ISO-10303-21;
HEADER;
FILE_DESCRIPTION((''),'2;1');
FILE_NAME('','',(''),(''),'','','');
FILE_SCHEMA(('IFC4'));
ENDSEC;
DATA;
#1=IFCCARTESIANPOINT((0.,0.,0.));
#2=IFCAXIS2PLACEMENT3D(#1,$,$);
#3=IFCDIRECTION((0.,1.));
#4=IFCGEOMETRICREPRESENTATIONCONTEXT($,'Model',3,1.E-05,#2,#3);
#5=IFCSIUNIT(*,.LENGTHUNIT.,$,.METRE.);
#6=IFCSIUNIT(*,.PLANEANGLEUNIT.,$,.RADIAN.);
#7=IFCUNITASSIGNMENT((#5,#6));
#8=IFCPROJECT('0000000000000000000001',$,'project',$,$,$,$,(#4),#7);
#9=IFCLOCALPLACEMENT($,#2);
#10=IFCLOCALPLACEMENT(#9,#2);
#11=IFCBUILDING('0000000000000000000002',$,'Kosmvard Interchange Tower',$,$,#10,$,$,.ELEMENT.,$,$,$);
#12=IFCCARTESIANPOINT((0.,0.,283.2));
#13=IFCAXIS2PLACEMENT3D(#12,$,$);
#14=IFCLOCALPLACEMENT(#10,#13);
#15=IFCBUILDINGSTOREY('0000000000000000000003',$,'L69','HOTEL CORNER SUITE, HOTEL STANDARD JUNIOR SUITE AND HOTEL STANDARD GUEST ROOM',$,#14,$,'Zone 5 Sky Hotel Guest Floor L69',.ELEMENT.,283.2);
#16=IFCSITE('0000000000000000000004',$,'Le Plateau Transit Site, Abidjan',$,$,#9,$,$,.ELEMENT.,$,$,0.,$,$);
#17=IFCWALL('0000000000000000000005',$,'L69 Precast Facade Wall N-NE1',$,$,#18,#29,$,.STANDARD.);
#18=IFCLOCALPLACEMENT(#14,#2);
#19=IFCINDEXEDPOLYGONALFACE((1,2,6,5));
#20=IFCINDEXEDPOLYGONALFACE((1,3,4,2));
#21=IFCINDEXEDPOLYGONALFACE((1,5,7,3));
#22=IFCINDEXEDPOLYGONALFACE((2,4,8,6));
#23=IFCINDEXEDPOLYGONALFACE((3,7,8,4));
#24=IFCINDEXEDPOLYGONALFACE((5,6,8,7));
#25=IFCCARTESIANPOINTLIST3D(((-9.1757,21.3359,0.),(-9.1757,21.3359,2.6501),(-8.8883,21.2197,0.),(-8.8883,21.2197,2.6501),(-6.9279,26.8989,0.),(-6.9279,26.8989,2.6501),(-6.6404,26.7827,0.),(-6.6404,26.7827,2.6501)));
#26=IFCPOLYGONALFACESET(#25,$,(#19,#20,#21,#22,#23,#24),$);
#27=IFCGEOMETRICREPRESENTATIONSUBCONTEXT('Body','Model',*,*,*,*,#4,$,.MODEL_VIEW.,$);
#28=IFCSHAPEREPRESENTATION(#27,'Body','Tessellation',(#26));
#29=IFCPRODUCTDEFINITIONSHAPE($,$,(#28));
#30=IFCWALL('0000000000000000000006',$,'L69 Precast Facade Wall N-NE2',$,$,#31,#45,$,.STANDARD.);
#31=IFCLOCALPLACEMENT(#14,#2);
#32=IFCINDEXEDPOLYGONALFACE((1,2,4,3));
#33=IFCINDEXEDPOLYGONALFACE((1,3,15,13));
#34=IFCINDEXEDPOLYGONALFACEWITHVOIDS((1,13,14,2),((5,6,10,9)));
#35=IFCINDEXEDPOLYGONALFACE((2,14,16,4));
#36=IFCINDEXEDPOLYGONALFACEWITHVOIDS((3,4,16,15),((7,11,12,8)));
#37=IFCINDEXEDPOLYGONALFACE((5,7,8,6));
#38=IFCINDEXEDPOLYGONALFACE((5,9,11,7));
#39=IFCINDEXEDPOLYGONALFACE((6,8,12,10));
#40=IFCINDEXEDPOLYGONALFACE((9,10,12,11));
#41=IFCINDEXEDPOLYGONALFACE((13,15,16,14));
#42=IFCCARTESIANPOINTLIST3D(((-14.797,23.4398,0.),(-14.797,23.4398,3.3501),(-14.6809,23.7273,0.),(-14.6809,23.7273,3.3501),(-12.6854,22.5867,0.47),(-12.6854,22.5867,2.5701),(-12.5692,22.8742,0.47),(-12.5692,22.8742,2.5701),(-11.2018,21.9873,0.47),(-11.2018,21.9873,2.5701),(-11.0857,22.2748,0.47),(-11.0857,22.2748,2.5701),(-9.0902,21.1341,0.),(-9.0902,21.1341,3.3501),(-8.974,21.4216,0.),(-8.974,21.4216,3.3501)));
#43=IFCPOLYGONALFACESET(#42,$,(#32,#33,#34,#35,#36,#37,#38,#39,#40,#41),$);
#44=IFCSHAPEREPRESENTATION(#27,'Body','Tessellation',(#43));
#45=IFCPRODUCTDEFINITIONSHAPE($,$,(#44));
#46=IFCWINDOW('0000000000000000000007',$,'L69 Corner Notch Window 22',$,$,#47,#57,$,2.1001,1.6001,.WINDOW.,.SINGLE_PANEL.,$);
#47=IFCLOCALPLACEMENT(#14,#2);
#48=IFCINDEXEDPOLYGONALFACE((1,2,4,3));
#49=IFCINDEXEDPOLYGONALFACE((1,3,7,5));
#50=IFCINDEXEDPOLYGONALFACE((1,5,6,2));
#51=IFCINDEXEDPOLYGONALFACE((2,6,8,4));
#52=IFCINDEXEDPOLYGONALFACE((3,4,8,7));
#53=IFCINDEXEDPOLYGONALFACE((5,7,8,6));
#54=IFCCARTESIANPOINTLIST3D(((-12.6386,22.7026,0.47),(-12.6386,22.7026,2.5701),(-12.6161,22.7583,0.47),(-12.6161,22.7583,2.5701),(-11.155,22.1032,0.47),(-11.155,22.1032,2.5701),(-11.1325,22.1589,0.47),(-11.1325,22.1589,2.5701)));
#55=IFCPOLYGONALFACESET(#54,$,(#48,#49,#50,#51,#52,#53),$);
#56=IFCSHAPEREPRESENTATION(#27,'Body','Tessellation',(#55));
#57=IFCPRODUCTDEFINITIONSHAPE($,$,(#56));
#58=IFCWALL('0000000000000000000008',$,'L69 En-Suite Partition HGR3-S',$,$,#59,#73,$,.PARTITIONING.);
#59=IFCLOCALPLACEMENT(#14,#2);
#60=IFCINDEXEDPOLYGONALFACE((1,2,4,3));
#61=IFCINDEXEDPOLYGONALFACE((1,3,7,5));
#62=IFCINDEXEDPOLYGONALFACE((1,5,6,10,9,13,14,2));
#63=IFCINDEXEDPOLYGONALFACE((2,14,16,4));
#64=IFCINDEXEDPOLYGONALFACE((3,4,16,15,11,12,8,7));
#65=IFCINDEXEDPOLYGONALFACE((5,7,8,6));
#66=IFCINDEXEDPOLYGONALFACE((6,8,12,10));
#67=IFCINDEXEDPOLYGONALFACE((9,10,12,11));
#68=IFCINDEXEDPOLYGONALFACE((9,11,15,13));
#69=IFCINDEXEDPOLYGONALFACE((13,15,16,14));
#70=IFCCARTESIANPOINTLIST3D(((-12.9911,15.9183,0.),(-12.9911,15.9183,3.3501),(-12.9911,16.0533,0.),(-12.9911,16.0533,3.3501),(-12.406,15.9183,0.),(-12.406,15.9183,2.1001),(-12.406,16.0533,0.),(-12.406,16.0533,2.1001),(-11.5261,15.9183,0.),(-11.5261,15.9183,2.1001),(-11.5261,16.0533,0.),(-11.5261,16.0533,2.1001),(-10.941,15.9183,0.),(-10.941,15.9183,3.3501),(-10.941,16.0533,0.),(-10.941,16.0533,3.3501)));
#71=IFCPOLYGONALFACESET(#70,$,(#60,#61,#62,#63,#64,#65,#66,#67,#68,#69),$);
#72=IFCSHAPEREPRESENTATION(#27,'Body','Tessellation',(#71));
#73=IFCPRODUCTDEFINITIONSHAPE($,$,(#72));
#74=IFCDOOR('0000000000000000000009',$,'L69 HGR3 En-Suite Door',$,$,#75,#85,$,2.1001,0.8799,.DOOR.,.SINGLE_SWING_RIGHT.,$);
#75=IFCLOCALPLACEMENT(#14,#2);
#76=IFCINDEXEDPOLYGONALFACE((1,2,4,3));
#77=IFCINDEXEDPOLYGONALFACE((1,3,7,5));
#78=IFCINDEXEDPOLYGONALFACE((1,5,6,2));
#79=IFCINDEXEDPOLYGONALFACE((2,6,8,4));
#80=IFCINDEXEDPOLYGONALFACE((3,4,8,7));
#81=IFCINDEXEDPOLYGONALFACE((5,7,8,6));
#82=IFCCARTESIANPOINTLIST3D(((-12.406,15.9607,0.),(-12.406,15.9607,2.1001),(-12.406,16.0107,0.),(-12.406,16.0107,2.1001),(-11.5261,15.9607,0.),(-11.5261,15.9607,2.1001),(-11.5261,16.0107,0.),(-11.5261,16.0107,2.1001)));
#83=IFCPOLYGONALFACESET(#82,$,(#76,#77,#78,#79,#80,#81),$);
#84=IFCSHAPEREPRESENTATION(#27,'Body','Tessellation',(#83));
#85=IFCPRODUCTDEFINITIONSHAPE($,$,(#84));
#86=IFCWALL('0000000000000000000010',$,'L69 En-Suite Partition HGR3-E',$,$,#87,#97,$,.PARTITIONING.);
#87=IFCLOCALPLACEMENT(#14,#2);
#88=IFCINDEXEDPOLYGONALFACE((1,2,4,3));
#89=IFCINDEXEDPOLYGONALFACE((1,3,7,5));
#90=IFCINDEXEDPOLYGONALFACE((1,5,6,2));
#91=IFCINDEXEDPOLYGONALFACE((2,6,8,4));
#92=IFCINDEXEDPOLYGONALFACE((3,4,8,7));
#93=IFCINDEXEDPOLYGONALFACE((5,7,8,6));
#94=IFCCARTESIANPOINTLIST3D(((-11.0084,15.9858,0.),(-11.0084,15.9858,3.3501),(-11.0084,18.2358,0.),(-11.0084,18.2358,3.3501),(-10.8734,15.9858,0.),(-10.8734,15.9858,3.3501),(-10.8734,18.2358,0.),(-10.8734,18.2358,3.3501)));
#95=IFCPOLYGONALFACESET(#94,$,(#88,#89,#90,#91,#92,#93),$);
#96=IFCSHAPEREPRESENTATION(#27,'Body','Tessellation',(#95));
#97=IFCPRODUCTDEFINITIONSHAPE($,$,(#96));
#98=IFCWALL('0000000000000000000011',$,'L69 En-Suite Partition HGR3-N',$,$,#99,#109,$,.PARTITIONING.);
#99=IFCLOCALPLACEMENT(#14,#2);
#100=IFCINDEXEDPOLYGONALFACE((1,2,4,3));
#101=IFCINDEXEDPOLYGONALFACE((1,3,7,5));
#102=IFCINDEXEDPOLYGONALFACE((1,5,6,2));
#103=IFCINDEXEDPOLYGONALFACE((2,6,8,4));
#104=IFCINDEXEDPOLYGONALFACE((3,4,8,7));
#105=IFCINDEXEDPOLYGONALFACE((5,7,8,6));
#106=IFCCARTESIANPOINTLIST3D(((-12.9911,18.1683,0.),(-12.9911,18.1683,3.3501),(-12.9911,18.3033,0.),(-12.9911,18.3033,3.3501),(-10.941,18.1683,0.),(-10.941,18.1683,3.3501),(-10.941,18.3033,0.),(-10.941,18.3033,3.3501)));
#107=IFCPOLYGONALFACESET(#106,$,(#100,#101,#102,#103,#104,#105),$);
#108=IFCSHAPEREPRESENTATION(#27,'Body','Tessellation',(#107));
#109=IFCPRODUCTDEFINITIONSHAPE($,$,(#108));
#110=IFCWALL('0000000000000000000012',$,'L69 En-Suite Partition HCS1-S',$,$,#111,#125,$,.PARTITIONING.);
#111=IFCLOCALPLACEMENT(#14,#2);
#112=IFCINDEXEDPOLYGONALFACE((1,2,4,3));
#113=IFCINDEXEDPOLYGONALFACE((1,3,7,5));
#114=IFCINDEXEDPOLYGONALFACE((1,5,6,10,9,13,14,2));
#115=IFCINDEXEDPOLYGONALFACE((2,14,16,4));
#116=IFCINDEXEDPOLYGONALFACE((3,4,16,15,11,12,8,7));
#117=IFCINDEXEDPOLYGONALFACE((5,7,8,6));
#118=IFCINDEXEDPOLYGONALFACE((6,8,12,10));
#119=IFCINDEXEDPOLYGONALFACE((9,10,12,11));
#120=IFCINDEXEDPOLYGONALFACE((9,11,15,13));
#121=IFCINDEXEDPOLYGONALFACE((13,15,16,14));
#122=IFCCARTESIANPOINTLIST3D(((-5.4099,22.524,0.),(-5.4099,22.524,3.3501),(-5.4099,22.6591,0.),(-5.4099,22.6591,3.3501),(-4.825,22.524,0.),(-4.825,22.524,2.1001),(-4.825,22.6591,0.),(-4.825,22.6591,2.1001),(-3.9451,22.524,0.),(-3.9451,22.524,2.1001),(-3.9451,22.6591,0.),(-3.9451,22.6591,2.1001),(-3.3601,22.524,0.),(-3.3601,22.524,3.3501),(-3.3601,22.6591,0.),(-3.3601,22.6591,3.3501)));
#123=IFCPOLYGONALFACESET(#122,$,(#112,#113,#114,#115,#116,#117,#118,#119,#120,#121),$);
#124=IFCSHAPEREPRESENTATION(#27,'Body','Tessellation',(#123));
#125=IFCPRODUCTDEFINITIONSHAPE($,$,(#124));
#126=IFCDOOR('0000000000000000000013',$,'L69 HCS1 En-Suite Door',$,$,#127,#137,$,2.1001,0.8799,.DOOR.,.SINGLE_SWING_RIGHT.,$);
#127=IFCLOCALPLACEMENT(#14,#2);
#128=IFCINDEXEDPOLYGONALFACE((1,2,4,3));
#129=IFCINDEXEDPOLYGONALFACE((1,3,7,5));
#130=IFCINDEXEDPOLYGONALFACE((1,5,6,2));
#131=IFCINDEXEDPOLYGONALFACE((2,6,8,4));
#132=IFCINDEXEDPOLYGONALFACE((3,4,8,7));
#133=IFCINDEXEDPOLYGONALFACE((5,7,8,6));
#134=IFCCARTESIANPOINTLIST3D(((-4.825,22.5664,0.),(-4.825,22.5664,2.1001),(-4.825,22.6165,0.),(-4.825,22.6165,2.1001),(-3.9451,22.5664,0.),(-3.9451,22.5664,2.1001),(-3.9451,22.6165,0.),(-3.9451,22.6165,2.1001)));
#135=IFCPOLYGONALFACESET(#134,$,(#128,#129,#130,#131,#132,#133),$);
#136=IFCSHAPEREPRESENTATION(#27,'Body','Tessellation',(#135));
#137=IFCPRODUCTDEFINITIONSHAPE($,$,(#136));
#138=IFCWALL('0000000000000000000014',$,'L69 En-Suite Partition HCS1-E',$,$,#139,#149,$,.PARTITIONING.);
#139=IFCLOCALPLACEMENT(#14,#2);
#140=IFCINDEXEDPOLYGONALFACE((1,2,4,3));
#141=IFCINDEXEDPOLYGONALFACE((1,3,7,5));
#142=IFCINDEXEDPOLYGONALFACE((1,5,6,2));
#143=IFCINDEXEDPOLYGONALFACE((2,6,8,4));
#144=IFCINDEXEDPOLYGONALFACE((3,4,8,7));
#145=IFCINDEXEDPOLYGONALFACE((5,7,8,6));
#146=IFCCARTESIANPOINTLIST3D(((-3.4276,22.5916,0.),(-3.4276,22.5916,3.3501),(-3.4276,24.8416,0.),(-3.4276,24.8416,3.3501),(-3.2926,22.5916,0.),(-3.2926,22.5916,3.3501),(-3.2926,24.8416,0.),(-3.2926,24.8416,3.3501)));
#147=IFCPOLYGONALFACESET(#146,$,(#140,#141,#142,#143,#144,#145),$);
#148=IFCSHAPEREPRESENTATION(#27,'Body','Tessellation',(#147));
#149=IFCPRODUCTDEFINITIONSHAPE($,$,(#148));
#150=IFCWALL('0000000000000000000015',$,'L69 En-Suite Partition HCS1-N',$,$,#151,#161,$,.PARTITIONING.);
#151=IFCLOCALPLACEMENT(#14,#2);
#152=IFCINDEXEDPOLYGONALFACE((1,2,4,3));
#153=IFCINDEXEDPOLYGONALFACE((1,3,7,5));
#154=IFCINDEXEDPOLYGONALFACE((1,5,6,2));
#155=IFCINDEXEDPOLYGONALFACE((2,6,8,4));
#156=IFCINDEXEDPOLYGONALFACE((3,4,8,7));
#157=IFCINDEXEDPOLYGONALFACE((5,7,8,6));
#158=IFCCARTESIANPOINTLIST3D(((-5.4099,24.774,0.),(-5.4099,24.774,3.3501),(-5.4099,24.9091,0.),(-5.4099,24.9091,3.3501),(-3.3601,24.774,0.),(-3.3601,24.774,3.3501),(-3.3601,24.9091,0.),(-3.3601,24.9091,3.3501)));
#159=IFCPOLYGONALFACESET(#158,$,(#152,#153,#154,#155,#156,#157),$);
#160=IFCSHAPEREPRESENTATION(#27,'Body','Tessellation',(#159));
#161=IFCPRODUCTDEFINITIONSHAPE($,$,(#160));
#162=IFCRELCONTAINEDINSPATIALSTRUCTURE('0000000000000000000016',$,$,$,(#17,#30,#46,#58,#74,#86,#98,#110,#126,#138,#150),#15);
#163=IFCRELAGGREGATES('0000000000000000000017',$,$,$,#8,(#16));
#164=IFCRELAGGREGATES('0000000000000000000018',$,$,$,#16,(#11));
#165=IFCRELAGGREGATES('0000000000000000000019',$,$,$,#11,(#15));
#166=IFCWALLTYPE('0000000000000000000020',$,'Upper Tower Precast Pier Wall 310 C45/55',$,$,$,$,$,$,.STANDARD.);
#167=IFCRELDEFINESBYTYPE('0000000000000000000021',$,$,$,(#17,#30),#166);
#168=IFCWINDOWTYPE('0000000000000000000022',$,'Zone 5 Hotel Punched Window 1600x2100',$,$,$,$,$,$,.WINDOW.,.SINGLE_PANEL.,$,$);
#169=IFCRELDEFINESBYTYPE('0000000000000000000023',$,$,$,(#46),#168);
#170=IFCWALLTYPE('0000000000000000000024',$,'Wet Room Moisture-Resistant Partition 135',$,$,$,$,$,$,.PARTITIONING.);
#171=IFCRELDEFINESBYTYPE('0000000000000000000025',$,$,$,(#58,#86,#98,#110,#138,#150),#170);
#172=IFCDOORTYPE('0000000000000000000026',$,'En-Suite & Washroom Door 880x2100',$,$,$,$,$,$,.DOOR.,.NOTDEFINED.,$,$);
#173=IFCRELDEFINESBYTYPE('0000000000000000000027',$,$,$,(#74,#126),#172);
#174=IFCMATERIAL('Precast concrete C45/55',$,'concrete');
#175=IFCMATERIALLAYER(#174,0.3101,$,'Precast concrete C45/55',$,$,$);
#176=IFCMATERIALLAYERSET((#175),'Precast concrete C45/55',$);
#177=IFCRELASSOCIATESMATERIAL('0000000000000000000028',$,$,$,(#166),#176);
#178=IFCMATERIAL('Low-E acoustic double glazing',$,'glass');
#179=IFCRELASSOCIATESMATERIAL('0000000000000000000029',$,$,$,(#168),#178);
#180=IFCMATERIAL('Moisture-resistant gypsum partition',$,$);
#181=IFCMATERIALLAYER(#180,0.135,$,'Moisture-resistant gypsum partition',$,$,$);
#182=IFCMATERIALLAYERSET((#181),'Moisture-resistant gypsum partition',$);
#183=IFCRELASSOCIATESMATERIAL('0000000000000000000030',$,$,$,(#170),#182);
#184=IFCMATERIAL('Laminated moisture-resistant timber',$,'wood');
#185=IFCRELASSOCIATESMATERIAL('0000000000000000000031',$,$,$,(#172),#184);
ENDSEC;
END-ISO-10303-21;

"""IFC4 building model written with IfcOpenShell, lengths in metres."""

from ifc_helpers import new_model, si_unit, direction, frame, frame_2d, origin, place, context, subcontext, project, spatial, rectangle, extrude, source, transform, mapped, material, layer, layer_set, type_object, element, fill, save


model = new_model("IFC4")

# Units and contexts
model_context = context("Model", 3, precision=1e-05, world=origin(), true_north=direction((0.0, 1.0)))
body_context = subcontext(model_context, "Body", "Model", "MODEL_VIEW")
ifc_project = project(units=[si_unit("LENGTHUNIT", "METRE"), si_unit("PLANEANGLEUNIT", "RADIAN")], contexts=[model_context])

# Site, building, storey
site_placement = place(None, origin())
site = spatial("IfcSite", under=ifc_project, at=site_placement, Name="Le Plateau Transit Site, Abidjan", CompositionType="ELEMENT", RefElevation=0.0)
building_placement = place(site_placement, origin())
building = spatial("IfcBuilding", under=site, at=building_placement, Name="Kosmvard Interchange Tower", CompositionType="ELEMENT")
storey_placement = place(building_placement, frame((0.0, 0.0, 283.2)))
storey = spatial("IfcBuildingStorey", under=building, at=storey_placement, Name="L69", Description="HOTEL CORNER SUITE, HOTEL STANDARD JUNIOR SUITE AND HOTEL STANDARD GUEST ROOM", LongName="Zone 5 Sky Hotel Guest Floor L69", CompositionType="ELEMENT", Elevation=283.2)

# Shared definitions
ifc_material_1 = material(Name="Precast concrete C45/55", Category="concrete")

# Wall
ifc_layer_1 = layer(ifc_material_1, 0.3101, Name="Precast concrete C45/55")
ifc_layer_set_1 = layer_set([ifc_layer_1], Name="Precast concrete C45/55")
wall_type_1 = type_object("IfcWallType", Name="Upper Tower Precast Pier Wall 310 C45/55", PredefinedType="STANDARD", material=ifc_layer_set_1)
wall_1_placement = place(storey_placement, frame((-6.7842, 26.8408, 0.0), z_axis=(0.0, 0.0, 1.0), x_axis=(-0.374637, -0.927172, 0.0)))
element("IfcWall", 1, at=wall_1_placement, inside=storey, type_object=wall_type_1, Name="L69 Precast Facade Wall N-NE1", PredefinedType="STANDARD", context=body_context, shape_type="SweptSolid", body=[
    extrude(rectangle(XDim=6.0, YDim=0.3101, at=frame_2d((3.0, 0.0))), origin(), (0.0, 0.0, 1.0), 2.6501),
])

# Wall, opening, window
wall_2_placement = place(storey_placement, frame((-9.032, 21.2778, 0.0), z_axis=(0.0, 0.0, 1.0), x_axis=(-0.927185, 0.374603, 0.0)))
wall_2 = element("IfcWall", 2, at=wall_2_placement, inside=storey, type_object=wall_type_1, Name="L69 Precast Facade Wall N-NE2", PredefinedType="STANDARD", context=body_context, shape_type="SweptSolid", body=[
    extrude(rectangle(XDim=6.155, YDim=0.3101, at=frame_2d((3.0776, 0.0))), origin(), (0.0, 0.0, 1.0), 3.3501),
])
opening_1_placement = place(wall_2_placement, frame((2.2776, 0.0, 0.47)))
opening_1 = element("IfcOpeningElement", 3, at=opening_1_placement, cuts=wall_2, PredefinedType="OPENING", context=body_context, shape_type="SweptSolid", body=[
    extrude(rectangle(XDim=1.6001, YDim=2.1001, at=frame_2d((0.8, 1.05))), frame((0.0, 0.165, 0.0), z_axis=(0.0, -1.0, 0.0), x_axis=(1.0, 0.0, 0.0)), (0.0, 0.0, 1.0), 0.3301),
])
ifc_material_2 = material(Name="Low-E acoustic double glazing", Category="glass")
window_type = type_object("IfcWindowType", Name="Zone 5 Hotel Punched Window 1600x2100", PartitioningType="SINGLE_PANEL", PredefinedType="WINDOW", material=ifc_material_2)
shared_shape_1 = source(origin(), body_context, "Body", "SweptSolid", [
    extrude(rectangle(XDim=1.6001, YDim=2.1001, at=frame_2d((0.8, 1.05))), frame((0.0, 0.03, 0.0), z_axis=(0.0, -1.0, 0.0), x_axis=(1.0, 0.0, 0.0)), (0.0, 0.0, 1.0), 0.0601),
])
window_placement = place(opening_1_placement, origin())
window = element("IfcWindow", 4, at=window_placement, inside=storey, type_object=window_type, Name="L69 Corner Notch Window 22", OverallHeight=2.1001, OverallWidth=1.6001, PartitioningType="SINGLE_PANEL", PredefinedType="WINDOW", context=body_context, shape_type="MappedRepresentation", body=[
    mapped(shared_shape_1, transform((0.0, 0.0, 0.0), scale=1.0)),
])
fill(opening_1, window)

# Wall, opening, door
ifc_material_3 = material(Name="Moisture-resistant gypsum partition")
ifc_layer_2 = layer(ifc_material_3, 0.135, Name="Moisture-resistant gypsum partition")
ifc_layer_set_2 = layer_set([ifc_layer_2], Name="Moisture-resistant gypsum partition")
wall_type_2 = type_object("IfcWallType", Name="Wet Room Moisture-Resistant Partition 135", PredefinedType="PARTITIONING", material=ifc_layer_set_2)
wall_3_placement = place(storey_placement, frame((-12.991, 15.9858, 0.0), z_axis=(0.0, 0.0, 1.0), x_axis=(1.0, 0.0, 0.0)))
wall_3 = element("IfcWall", 5, at=wall_3_placement, inside=storey, type_object=wall_type_2, Name="L69 En-Suite Partition HGR3-S", PredefinedType="PARTITIONING", context=body_context, shape_type="SweptSolid", body=[
    extrude(rectangle(XDim=2.05, YDim=0.135, at=frame_2d((1.0249, 0.0))), origin(), (0.0, 0.0, 1.0), 3.3501),
])
opening_2_placement = place(wall_3_placement, frame((0.585, 0.0, 0.0)))
opening_2 = element("IfcOpeningElement", 6, at=opening_2_placement, cuts=wall_3, PredefinedType="OPENING", context=body_context, shape_type="SweptSolid", body=[
    extrude(rectangle(XDim=0.8799, YDim=2.1001, at=frame_2d((0.4399, 1.05))), frame((0.0, 0.0776, 0.0), z_axis=(0.0, -1.0, 0.0), x_axis=(1.0, 0.0, 0.0)), (0.0, 0.0, 1.0), 0.155),
])
ifc_material_4 = material(Name="Laminated moisture-resistant timber", Category="wood")
door_type = type_object("IfcDoorType", Name="En-Suite & Washroom Door 880x2100", OperationType="NOTDEFINED", PredefinedType="DOOR", material=ifc_material_4)
shared_shape_2 = source(origin(), body_context, "Body", "SweptSolid", [
    extrude(rectangle(XDim=0.8799, YDim=2.1001, at=frame_2d((0.4399, 1.05))), frame((0.0, 0.0249, 0.0), z_axis=(0.0, -1.0, 0.0), x_axis=(1.0, 0.0, 0.0)), (0.0, 0.0, 1.0), 0.05),
])
door_1_placement = place(opening_2_placement, origin())
door_1 = element("IfcDoor", 7, at=door_1_placement, inside=storey, type_object=door_type, Name="L69 HGR3 En-Suite Door", OperationType="SINGLE_SWING_RIGHT", OverallHeight=2.1001, OverallWidth=0.8799, PredefinedType="DOOR", context=body_context, shape_type="MappedRepresentation", body=[
    mapped(shared_shape_2, transform((0.0, 0.0, 0.0), scale=1.0)),
])
fill(opening_2, door_1)

# Walls
wall_4_placement = place(storey_placement, frame((-10.9409, 15.9858, 0.0), z_axis=(0.0, 0.0, 1.0), x_axis=(0.0, 1.0, 0.0)))
element("IfcWall", 8, at=wall_4_placement, inside=storey, type_object=wall_type_2, Name="L69 En-Suite Partition HGR3-E", PredefinedType="PARTITIONING", context=body_context, shape_type="SweptSolid", body=[
    extrude(rectangle(XDim=2.25, YDim=0.135, at=frame_2d((1.125, 0.0))), origin(), (0.0, 0.0, 1.0), 3.3501),
])
wall_5_placement = place(storey_placement, frame((-12.991, 18.2358, 0.0), z_axis=(0.0, 0.0, 1.0), x_axis=(1.0, 0.0, 0.0)))
element("IfcWall", 9, at=wall_5_placement, inside=storey, type_object=wall_type_2, Name="L69 En-Suite Partition HGR3-N", PredefinedType="PARTITIONING", context=body_context, shape_type="SweptSolid", body=[
    extrude(rectangle(XDim=2.05, YDim=0.135, at=frame_2d((1.0249, 0.0))), origin(), (0.0, 0.0, 1.0), 3.3501),
])

# Wall, opening, door
wall_6_placement = place(storey_placement, frame((-5.4099, 22.5916, 0.0), z_axis=(0.0, 0.0, 1.0), x_axis=(1.0, 0.0, 0.0)))
wall_6 = element("IfcWall", 10, at=wall_6_placement, inside=storey, type_object=wall_type_2, Name="L69 En-Suite Partition HCS1-S", PredefinedType="PARTITIONING", context=body_context, shape_type="SweptSolid", body=[
    extrude(rectangle(XDim=2.0498, YDim=0.135, at=frame_2d((1.0249, 0.0))), origin(), (0.0, 0.0, 1.0), 3.3501),
])
opening_3_placement = place(wall_6_placement, frame((0.585, 0.0, 0.0)))
opening_3 = element("IfcOpeningElement", 11, at=opening_3_placement, cuts=wall_6, PredefinedType="OPENING", context=body_context, shape_type="SweptSolid", body=[
    extrude(rectangle(XDim=0.8799, YDim=2.1001, at=frame_2d((0.4399, 1.05))), frame((0.0, 0.0776, 0.0), z_axis=(0.0, -1.0, 0.0), x_axis=(1.0, 0.0, 0.0)), (0.0, 0.0, 1.0), 0.155),
])
door_2_placement = place(opening_3_placement, origin())
door_2 = element("IfcDoor", 12, at=door_2_placement, inside=storey, type_object=door_type, Name="L69 HCS1 En-Suite Door", OperationType="SINGLE_SWING_RIGHT", OverallHeight=2.1001, OverallWidth=0.8799, PredefinedType="DOOR", context=body_context, shape_type="MappedRepresentation", body=[
    mapped(shared_shape_2, transform((0.0, 0.0, 0.0), scale=1.0)),
])
fill(opening_3, door_2)

# Walls
wall_7_placement = place(storey_placement, frame((-3.3601, 22.5916, 0.0), z_axis=(0.0, 0.0, 1.0), x_axis=(0.0, 1.0, 0.0)))
element("IfcWall", 13, at=wall_7_placement, inside=storey, type_object=wall_type_2, Name="L69 En-Suite Partition HCS1-E", PredefinedType="PARTITIONING", context=body_context, shape_type="SweptSolid", body=[
    extrude(rectangle(XDim=2.25, YDim=0.135, at=frame_2d((1.125, 0.0))), origin(), (0.0, 0.0, 1.0), 3.3501),
])
wall_8_placement = place(storey_placement, frame((-5.4099, 24.8416, 0.0), z_axis=(0.0, 0.0, 1.0), x_axis=(1.0, 0.0, 0.0)))
element("IfcWall", 14, at=wall_8_placement, inside=storey, type_object=wall_type_2, Name="L69 En-Suite Partition HCS1-N", PredefinedType="PARTITIONING", context=body_context, shape_type="SweptSolid", body=[
    extrude(rectangle(XDim=2.0498, YDim=0.135, at=frame_2d((1.0249, 0.0))), origin(), (0.0, 0.0, 1.0), 3.3501),
])

save(model, "model.ifc")
